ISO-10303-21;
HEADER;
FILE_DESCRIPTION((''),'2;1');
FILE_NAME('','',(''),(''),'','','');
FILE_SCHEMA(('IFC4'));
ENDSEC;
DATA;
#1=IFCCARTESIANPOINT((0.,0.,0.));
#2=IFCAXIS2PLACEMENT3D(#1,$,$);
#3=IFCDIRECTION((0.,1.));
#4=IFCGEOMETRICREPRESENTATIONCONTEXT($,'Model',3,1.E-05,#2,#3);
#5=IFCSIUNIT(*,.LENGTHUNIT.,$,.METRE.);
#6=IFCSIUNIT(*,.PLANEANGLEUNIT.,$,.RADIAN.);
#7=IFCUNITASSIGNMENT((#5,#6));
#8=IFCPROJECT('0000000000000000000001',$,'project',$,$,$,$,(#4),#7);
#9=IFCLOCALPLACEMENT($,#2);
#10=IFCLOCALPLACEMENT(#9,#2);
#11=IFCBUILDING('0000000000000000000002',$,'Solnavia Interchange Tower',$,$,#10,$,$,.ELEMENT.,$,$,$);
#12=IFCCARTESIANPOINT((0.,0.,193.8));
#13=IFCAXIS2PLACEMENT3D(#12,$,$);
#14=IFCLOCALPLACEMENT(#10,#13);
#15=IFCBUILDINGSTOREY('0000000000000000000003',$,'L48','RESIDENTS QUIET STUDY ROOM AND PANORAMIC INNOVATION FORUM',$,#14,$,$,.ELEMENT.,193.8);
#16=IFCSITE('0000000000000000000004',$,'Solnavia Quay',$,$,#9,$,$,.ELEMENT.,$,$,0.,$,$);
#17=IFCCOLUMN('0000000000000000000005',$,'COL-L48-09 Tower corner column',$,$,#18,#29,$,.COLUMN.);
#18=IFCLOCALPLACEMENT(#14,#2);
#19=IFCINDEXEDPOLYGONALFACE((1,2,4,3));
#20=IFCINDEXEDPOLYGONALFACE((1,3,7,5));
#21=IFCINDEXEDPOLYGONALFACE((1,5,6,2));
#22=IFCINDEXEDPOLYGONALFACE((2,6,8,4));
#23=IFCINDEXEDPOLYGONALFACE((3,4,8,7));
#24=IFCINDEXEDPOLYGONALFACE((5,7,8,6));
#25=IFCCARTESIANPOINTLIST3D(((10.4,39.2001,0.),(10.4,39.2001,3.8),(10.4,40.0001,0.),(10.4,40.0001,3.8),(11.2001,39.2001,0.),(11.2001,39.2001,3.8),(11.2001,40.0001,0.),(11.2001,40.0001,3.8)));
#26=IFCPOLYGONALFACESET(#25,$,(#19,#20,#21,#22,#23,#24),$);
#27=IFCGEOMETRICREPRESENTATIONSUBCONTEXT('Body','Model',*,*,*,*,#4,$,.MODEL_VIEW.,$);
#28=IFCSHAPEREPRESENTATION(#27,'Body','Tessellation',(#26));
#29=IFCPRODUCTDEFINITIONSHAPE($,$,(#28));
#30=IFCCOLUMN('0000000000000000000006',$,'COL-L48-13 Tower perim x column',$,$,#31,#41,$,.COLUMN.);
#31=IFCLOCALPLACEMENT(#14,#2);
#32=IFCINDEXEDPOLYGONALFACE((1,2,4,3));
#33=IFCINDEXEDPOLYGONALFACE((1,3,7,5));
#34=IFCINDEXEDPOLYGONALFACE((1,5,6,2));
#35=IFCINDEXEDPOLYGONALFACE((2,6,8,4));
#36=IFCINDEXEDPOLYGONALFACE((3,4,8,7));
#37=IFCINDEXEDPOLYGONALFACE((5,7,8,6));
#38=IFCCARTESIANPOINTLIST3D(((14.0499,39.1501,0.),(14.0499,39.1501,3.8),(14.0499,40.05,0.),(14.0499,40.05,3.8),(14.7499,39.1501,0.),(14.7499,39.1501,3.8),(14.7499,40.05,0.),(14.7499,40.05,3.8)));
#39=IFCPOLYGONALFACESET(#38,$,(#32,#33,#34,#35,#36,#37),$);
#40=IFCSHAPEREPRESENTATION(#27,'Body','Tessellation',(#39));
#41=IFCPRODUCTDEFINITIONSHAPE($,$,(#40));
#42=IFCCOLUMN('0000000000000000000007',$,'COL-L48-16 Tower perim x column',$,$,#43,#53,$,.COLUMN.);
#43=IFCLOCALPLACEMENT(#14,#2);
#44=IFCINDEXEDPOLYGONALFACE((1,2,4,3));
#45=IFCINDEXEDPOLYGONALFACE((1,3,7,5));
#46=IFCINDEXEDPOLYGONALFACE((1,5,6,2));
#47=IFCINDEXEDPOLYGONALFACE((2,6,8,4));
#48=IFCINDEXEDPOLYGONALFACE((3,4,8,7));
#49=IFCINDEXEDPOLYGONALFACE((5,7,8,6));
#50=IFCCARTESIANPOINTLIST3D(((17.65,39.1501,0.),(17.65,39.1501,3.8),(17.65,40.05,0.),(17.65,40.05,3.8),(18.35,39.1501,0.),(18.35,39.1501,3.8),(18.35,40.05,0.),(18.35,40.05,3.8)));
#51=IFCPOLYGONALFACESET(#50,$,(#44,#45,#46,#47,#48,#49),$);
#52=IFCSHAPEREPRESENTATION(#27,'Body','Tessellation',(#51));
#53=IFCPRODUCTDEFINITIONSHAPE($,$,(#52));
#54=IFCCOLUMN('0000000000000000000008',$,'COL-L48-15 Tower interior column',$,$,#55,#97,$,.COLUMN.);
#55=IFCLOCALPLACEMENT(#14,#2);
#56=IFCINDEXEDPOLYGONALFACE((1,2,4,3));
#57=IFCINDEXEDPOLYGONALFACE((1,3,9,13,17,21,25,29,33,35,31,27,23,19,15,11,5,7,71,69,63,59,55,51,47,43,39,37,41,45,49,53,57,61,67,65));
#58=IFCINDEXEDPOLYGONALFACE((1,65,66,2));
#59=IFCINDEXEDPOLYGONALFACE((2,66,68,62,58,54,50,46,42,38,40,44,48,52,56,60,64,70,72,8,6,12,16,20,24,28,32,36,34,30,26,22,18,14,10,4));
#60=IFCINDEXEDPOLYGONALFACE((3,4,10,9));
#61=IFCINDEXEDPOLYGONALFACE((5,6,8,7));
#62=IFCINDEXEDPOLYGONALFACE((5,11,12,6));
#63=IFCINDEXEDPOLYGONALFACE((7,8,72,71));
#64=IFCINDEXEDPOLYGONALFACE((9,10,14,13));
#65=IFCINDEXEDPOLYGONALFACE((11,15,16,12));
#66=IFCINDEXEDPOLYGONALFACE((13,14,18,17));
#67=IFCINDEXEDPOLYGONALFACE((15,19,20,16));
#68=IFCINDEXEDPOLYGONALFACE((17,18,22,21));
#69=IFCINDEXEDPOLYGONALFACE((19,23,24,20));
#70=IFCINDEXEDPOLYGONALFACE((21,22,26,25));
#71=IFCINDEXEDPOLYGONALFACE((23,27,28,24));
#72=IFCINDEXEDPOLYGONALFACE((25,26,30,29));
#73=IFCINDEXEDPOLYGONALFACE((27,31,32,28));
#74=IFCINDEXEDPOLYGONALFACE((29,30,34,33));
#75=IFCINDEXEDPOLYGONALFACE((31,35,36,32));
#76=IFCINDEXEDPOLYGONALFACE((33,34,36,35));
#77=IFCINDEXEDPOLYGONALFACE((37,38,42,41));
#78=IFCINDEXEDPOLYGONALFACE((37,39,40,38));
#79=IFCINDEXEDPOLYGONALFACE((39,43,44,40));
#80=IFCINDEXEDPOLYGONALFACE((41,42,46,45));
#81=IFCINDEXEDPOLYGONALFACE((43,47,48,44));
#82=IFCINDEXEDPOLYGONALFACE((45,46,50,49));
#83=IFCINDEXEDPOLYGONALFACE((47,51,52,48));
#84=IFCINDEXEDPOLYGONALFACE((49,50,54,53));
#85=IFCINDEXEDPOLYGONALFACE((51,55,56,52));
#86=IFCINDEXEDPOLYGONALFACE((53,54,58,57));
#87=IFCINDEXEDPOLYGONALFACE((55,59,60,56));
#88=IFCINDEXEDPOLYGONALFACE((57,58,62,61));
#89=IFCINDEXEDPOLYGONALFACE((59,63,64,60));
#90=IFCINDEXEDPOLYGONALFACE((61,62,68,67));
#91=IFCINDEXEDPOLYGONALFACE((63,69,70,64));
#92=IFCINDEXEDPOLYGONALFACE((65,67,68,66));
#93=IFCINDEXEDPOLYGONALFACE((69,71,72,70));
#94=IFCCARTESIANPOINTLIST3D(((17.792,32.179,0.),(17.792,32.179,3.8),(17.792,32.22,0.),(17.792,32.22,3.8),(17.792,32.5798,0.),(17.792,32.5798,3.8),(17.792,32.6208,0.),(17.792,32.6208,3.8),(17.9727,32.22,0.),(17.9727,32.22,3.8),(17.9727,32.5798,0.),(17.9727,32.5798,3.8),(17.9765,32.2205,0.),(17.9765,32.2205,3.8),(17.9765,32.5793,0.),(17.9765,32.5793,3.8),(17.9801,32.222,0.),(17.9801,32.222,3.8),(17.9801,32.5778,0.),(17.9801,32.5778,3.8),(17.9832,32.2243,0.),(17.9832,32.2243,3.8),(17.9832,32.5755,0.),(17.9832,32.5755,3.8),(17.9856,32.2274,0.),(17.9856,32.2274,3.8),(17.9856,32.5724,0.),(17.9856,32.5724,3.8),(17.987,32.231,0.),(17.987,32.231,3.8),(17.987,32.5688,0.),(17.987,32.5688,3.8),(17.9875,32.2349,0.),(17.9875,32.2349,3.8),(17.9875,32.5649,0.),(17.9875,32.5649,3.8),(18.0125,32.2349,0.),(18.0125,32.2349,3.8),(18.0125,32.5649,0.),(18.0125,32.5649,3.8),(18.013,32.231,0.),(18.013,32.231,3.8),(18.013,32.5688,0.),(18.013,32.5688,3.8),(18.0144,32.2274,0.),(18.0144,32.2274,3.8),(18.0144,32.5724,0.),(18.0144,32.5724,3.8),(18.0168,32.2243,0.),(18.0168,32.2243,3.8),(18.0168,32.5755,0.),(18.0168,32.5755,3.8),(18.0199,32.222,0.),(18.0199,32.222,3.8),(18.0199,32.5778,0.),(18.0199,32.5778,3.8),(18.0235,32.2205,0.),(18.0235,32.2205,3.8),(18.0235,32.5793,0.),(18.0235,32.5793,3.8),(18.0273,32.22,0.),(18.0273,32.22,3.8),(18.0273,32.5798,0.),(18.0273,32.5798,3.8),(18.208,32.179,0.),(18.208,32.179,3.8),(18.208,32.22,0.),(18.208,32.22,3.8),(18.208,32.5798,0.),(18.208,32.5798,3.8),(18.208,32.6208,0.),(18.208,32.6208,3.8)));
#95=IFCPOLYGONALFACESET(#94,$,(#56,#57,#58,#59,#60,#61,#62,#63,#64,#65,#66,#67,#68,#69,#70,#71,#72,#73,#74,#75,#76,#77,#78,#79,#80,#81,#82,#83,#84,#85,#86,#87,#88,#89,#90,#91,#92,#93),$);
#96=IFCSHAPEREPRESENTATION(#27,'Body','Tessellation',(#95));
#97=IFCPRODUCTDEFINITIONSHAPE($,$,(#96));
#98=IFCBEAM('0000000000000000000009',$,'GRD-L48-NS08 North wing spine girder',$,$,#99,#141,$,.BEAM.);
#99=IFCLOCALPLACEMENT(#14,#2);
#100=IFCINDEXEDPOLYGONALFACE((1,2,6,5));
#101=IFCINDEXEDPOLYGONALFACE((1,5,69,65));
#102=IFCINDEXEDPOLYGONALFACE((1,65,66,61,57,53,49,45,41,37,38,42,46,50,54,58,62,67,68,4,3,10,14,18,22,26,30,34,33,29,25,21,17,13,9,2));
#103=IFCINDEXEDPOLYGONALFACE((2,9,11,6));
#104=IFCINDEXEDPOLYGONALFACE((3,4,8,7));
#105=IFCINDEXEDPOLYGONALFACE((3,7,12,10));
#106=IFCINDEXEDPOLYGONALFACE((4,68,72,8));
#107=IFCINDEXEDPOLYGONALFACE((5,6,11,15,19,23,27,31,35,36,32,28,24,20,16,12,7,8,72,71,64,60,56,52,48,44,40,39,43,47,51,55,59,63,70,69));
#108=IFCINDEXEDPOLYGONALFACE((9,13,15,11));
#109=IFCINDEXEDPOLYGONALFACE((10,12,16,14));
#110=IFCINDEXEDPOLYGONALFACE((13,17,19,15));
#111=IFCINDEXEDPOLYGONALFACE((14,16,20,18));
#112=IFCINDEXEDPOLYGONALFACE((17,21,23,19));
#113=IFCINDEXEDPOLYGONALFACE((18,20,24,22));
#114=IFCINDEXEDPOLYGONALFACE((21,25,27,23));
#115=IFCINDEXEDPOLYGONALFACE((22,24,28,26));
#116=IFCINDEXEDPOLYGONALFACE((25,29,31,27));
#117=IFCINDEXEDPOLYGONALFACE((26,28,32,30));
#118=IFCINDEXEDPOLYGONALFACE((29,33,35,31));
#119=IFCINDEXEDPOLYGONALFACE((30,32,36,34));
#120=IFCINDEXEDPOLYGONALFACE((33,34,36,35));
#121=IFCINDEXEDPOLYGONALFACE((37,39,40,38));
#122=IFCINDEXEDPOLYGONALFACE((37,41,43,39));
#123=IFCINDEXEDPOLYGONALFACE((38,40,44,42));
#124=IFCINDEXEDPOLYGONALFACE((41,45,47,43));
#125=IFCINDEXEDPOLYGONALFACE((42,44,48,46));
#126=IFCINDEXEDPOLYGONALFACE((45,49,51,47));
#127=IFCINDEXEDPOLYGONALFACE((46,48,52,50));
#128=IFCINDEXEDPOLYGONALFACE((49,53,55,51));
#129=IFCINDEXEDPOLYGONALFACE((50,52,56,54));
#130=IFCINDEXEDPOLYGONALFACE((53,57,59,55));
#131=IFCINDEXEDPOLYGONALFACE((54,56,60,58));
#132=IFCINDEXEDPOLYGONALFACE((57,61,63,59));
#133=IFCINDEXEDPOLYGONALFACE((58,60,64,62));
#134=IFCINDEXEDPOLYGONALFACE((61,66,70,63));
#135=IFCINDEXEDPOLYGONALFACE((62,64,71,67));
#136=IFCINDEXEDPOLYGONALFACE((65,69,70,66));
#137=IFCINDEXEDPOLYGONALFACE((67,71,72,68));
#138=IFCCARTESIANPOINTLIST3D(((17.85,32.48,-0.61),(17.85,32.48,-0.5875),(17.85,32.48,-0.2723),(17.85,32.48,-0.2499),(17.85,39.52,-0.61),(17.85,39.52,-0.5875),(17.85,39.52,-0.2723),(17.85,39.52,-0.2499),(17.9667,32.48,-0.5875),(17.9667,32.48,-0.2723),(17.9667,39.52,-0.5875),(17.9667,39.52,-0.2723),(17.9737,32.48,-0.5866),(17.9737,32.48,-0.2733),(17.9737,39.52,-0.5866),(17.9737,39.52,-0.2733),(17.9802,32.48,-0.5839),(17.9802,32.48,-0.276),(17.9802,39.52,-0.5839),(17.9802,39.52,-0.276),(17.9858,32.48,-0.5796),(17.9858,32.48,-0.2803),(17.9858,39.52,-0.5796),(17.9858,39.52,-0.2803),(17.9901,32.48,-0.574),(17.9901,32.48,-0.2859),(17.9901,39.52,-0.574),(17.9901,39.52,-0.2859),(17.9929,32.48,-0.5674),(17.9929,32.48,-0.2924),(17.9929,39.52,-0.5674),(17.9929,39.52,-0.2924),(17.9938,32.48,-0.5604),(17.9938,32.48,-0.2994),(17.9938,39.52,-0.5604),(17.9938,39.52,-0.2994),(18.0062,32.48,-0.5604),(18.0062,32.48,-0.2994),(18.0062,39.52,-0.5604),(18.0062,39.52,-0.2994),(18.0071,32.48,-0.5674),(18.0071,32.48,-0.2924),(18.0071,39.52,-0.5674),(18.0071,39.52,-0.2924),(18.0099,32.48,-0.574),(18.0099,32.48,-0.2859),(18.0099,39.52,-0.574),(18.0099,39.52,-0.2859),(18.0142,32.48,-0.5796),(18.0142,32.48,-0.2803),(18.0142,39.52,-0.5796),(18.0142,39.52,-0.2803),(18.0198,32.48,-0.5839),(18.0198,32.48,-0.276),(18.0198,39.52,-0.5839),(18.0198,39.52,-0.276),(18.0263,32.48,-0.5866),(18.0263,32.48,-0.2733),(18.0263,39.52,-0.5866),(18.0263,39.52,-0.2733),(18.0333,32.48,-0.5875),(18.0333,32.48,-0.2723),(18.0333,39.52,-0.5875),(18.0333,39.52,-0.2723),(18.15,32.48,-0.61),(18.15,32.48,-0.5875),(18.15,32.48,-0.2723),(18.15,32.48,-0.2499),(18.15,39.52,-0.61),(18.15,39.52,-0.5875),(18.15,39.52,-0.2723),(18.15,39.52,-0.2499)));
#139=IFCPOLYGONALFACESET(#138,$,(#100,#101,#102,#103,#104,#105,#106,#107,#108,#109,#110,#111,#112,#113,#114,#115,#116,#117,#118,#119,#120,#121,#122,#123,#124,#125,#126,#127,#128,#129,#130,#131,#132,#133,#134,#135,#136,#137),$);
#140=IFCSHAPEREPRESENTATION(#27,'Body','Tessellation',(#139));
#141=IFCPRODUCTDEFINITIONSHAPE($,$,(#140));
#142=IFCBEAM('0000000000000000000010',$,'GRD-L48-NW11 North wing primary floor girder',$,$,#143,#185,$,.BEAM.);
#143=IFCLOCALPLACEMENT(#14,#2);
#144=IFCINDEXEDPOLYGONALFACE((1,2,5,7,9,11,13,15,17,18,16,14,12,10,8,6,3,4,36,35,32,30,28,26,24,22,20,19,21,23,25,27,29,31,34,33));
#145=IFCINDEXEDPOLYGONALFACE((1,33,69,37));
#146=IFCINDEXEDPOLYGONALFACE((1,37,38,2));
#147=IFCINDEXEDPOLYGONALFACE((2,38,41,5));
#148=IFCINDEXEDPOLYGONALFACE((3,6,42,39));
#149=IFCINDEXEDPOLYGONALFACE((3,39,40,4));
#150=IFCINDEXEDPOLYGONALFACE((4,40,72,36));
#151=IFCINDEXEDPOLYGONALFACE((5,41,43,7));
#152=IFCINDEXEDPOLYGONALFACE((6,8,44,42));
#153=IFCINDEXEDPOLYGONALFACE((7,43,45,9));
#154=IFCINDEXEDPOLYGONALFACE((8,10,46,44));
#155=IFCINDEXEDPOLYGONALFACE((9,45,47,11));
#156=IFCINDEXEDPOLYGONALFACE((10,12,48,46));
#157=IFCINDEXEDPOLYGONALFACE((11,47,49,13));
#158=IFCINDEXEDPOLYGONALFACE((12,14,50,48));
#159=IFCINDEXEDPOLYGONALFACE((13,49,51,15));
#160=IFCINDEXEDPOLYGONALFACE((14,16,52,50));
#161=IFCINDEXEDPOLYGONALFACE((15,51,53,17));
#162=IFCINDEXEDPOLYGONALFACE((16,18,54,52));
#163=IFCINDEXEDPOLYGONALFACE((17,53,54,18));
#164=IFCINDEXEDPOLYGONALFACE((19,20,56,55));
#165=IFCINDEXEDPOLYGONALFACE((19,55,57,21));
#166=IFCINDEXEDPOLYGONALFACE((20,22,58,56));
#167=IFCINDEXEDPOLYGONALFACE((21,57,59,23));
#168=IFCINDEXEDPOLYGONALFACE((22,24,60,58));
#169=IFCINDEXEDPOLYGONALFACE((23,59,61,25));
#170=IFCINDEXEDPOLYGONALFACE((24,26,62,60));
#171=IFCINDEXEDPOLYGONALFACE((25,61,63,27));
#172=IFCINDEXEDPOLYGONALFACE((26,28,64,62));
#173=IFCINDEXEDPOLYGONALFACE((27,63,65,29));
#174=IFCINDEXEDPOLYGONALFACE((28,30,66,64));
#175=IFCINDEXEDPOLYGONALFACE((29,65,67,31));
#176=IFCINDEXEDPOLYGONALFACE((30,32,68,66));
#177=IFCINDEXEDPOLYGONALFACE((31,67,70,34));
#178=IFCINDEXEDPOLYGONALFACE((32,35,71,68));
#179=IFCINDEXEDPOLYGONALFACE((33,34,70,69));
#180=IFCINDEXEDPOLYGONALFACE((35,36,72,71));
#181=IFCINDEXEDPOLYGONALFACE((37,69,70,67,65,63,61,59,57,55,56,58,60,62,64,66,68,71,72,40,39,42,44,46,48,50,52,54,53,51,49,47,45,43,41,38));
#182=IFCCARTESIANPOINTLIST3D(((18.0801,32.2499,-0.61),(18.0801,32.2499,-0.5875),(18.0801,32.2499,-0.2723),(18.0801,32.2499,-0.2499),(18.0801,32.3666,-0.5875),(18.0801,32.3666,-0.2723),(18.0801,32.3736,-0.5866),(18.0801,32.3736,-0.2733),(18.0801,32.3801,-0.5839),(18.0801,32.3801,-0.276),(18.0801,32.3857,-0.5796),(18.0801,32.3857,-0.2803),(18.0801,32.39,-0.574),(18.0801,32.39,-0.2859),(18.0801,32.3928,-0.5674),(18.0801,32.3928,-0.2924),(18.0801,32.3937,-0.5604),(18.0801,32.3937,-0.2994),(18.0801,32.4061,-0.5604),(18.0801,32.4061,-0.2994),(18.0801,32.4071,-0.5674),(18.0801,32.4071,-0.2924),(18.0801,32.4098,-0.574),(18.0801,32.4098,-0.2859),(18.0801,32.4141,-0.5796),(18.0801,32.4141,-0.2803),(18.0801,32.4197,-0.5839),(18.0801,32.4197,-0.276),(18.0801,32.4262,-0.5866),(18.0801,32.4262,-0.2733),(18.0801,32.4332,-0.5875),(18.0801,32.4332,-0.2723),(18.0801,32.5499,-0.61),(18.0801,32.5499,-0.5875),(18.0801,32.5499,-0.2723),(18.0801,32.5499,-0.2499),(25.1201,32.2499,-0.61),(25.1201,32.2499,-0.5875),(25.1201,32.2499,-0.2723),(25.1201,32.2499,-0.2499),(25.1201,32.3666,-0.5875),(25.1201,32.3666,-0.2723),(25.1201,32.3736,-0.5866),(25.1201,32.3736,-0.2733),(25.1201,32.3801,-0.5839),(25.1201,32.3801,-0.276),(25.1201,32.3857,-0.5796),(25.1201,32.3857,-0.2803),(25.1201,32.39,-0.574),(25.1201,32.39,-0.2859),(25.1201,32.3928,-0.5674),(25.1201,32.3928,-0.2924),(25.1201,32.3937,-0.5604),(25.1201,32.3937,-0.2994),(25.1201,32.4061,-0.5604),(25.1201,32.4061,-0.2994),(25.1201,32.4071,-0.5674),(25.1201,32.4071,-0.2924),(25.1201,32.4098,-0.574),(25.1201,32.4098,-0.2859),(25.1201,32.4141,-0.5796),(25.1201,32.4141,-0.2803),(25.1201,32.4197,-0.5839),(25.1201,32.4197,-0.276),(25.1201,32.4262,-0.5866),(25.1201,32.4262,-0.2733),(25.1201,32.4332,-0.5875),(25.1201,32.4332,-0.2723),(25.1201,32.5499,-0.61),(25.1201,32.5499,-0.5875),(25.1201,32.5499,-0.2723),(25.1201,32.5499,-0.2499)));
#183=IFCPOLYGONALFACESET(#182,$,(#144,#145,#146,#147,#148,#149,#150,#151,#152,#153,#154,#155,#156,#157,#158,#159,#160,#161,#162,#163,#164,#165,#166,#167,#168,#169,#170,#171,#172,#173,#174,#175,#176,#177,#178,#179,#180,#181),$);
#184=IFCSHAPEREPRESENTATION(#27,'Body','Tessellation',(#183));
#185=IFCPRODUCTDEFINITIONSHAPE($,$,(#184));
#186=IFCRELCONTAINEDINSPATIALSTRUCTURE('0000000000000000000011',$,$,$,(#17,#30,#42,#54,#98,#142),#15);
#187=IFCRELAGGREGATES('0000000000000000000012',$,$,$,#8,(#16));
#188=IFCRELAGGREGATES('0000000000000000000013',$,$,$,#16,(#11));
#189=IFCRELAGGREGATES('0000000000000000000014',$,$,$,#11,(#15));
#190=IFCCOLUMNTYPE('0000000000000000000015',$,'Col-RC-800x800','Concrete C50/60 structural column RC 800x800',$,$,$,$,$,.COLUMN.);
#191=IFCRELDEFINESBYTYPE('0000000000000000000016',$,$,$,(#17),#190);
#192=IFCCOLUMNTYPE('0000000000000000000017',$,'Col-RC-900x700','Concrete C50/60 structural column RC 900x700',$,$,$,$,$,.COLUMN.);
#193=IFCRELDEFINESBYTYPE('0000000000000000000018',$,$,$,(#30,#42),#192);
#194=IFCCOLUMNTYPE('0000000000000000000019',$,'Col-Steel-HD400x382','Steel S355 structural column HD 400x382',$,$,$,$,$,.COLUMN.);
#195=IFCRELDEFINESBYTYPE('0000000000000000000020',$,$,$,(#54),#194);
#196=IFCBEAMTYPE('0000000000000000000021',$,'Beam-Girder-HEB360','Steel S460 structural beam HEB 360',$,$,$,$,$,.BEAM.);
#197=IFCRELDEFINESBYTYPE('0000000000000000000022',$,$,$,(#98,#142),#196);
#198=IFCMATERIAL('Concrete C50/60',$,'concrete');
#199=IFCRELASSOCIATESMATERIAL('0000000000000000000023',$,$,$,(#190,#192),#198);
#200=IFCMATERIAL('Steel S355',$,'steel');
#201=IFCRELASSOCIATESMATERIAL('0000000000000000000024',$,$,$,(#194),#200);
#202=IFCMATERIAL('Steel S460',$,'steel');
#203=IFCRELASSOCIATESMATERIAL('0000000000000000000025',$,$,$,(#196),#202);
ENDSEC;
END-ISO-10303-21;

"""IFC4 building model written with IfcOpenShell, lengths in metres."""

from ifc_helpers import new_model, si_unit, direction, frame, origin, origin_2d, place, context, subcontext, project, spatial, rectangle, i_section, extrude, material, material_profile, profile_set, type_object, element, save


model = new_model("IFC4")

# Units and contexts
model_context = context("Model", 3, precision=1e-05, world=origin(), true_north=direction((0.0, 1.0)))
body_context = subcontext(model_context, "Body", "Model", "MODEL_VIEW")
ifc_project = project(units=[si_unit("LENGTHUNIT", "METRE"), si_unit("PLANEANGLEUNIT", "RADIAN")], contexts=[model_context])

# Site, building, storey
site_placement = place(None, origin())
site = spatial("IfcSite", under=ifc_project, at=site_placement, Name="Solnavia Quay", CompositionType="ELEMENT", RefElevation=0.0)
building_placement = place(site_placement, origin())
building = spatial("IfcBuilding", under=site, at=building_placement, Name="Solnavia Interchange Tower", CompositionType="ELEMENT")
storey_placement = place(building_placement, frame((0.0, 0.0, 193.8)))
storey = spatial("IfcBuildingStorey", under=building, at=storey_placement, Name="L48", Description="RESIDENTS QUIET STUDY ROOM AND PANORAMIC INNOVATION FORUM", CompositionType="ELEMENT", Elevation=193.8)

# Columns
ifc_material_1 = material(Name="Concrete C50/60", Category="concrete")
ifc_material_profile_1 = material_profile(ifc_material_1, rectangle(XDim=0.8, YDim=0.8, at=origin_2d()), Name="RC 800x800")
ifc_profile_set_1 = profile_set([ifc_material_profile_1], Name="Concrete C50/60")
column_type_1 = type_object("IfcColumnType", Name="Col-RC-800x800", Description="Concrete C50/60 structural column RC 800x800", PredefinedType="COLUMN", material=ifc_profile_set_1)
column_1_placement = place(storey_placement, frame((10.8, 39.6001, 0.0), z_axis=(0.0, 0.0, 1.0), x_axis=(1.0, 0.0, 0.0)))
element("IfcColumn", 1, at=column_1_placement, inside=storey, type_object=column_type_1, Name="COL-L48-09 Tower corner column", PredefinedType="COLUMN", context=body_context, shape_type="SweptSolid", body=[
    extrude(rectangle(XDim=0.8, YDim=0.8, at=origin_2d()), origin(), (0.0, 0.0, 1.0), 3.8),
])
ifc_material_profile_2 = material_profile(ifc_material_1, rectangle(XDim=0.7, YDim=0.8999, at=origin_2d()), Name="RC 900x700")
ifc_profile_set_2 = profile_set([ifc_material_profile_2], Name="Concrete C50/60")
column_type_2 = type_object("IfcColumnType", Name="Col-RC-900x700", Description="Concrete C50/60 structural column RC 900x700", PredefinedType="COLUMN", material=ifc_profile_set_2)
for number, where, z_axis, x_axis, name in (
    (2, (14.3999, 39.6001, 0.0), (0.0, 0.0, 1.0), (1.0, 0.0, 0.0), "COL-L48-13 Tower perim x column"),
    (3, (18.0, 39.6001, 0.0), (0.0, 0.0, 1.0), (1.0, 0.0, 0.0), "COL-L48-16 Tower perim x column"),
):
    element("IfcColumn", number, at=place(storey_placement, frame(where, z_axis=z_axis, x_axis=x_axis)), inside=storey, type_object=column_type_2, Name=name, PredefinedType="COLUMN", context=body_context, shape_type="SweptSolid", body=[
        extrude(rectangle(XDim=0.7, YDim=0.8999, at=origin_2d()), origin(), (0.0, 0.0, 1.0), 3.8),
    ])
ifc_material_2 = material(Name="Steel S355", Category="steel")
ifc_material_profile_3 = material_profile(ifc_material_2, i_section(OverallWidth=0.416, OverallDepth=0.4419, WebThickness=0.0249, FlangeThickness=0.041, FilletRadius=0.0149, at=origin_2d()), Name="HD 400x382")
ifc_profile_set_3 = profile_set([ifc_material_profile_3], Name="Steel S355")
column_type_3 = type_object("IfcColumnType", Name="Col-Steel-HD400x382", Description="Steel S355 structural column HD 400x382", PredefinedType="COLUMN", material=ifc_profile_set_3)
column_2_placement = place(storey_placement, frame((18.0, 32.3999, 0.0), z_axis=(0.0, 0.0, 1.0), x_axis=(1.0, 0.0, 0.0)))
element("IfcColumn", 4, at=column_2_placement, inside=storey, type_object=column_type_3, Name="COL-L48-15 Tower interior column", PredefinedType="COLUMN", context=body_context, shape_type="SweptSolid", body=[
    extrude(i_section(OverallWidth=0.416, OverallDepth=0.4419, WebThickness=0.0249, FlangeThickness=0.041, FilletRadius=0.0149, at=origin_2d()), origin(), (0.0, 0.0, 1.0), 3.8),
])

# Beams
ifc_material_3 = material(Name="Steel S460", Category="steel")
ifc_material_profile_4 = material_profile(ifc_material_3, i_section(OverallWidth=0.3, OverallDepth=0.3601, WebThickness=0.0125, FlangeThickness=0.0225, FilletRadius=0.0271, at=origin_2d()), Name="HEB 360")
ifc_profile_set_4 = profile_set([ifc_material_profile_4], Name="Steel S460")
beam_type_1 = type_object("IfcBeamType", Name="Beam-Girder-HEB360", Description="Steel S460 structural beam HEB 360", PredefinedType="BEAM", material=ifc_profile_set_4)
for number, where, z_axis, x_axis, name in (
    (5, (18.0, 32.48, -0.4299), (0.0, 1.0, 0.0), (-1.0, 0.0, 0.0), "GRD-L48-NS08 North wing spine girder"),
    (6, (18.0801, 32.3999, -0.4299), (1.0, 0.0, 0.0), (0.0, 1.0, 0.0), "GRD-L48-NW11 North wing primary floor girder"),
):
    element("IfcBeam", number, at=place(storey_placement, frame(where, z_axis=z_axis, x_axis=x_axis)), inside=storey, type_object=beam_type_1, Name=name, PredefinedType="BEAM", context=body_context, shape_type="SweptSolid", body=[
        extrude(i_section(OverallWidth=0.3, OverallDepth=0.3601, WebThickness=0.0125, FlangeThickness=0.0225, FilletRadius=0.0271, at=origin_2d()), origin(), (0.0, 0.0, 1.0), 7.04),
    ])

save(model, "model.ifc")
